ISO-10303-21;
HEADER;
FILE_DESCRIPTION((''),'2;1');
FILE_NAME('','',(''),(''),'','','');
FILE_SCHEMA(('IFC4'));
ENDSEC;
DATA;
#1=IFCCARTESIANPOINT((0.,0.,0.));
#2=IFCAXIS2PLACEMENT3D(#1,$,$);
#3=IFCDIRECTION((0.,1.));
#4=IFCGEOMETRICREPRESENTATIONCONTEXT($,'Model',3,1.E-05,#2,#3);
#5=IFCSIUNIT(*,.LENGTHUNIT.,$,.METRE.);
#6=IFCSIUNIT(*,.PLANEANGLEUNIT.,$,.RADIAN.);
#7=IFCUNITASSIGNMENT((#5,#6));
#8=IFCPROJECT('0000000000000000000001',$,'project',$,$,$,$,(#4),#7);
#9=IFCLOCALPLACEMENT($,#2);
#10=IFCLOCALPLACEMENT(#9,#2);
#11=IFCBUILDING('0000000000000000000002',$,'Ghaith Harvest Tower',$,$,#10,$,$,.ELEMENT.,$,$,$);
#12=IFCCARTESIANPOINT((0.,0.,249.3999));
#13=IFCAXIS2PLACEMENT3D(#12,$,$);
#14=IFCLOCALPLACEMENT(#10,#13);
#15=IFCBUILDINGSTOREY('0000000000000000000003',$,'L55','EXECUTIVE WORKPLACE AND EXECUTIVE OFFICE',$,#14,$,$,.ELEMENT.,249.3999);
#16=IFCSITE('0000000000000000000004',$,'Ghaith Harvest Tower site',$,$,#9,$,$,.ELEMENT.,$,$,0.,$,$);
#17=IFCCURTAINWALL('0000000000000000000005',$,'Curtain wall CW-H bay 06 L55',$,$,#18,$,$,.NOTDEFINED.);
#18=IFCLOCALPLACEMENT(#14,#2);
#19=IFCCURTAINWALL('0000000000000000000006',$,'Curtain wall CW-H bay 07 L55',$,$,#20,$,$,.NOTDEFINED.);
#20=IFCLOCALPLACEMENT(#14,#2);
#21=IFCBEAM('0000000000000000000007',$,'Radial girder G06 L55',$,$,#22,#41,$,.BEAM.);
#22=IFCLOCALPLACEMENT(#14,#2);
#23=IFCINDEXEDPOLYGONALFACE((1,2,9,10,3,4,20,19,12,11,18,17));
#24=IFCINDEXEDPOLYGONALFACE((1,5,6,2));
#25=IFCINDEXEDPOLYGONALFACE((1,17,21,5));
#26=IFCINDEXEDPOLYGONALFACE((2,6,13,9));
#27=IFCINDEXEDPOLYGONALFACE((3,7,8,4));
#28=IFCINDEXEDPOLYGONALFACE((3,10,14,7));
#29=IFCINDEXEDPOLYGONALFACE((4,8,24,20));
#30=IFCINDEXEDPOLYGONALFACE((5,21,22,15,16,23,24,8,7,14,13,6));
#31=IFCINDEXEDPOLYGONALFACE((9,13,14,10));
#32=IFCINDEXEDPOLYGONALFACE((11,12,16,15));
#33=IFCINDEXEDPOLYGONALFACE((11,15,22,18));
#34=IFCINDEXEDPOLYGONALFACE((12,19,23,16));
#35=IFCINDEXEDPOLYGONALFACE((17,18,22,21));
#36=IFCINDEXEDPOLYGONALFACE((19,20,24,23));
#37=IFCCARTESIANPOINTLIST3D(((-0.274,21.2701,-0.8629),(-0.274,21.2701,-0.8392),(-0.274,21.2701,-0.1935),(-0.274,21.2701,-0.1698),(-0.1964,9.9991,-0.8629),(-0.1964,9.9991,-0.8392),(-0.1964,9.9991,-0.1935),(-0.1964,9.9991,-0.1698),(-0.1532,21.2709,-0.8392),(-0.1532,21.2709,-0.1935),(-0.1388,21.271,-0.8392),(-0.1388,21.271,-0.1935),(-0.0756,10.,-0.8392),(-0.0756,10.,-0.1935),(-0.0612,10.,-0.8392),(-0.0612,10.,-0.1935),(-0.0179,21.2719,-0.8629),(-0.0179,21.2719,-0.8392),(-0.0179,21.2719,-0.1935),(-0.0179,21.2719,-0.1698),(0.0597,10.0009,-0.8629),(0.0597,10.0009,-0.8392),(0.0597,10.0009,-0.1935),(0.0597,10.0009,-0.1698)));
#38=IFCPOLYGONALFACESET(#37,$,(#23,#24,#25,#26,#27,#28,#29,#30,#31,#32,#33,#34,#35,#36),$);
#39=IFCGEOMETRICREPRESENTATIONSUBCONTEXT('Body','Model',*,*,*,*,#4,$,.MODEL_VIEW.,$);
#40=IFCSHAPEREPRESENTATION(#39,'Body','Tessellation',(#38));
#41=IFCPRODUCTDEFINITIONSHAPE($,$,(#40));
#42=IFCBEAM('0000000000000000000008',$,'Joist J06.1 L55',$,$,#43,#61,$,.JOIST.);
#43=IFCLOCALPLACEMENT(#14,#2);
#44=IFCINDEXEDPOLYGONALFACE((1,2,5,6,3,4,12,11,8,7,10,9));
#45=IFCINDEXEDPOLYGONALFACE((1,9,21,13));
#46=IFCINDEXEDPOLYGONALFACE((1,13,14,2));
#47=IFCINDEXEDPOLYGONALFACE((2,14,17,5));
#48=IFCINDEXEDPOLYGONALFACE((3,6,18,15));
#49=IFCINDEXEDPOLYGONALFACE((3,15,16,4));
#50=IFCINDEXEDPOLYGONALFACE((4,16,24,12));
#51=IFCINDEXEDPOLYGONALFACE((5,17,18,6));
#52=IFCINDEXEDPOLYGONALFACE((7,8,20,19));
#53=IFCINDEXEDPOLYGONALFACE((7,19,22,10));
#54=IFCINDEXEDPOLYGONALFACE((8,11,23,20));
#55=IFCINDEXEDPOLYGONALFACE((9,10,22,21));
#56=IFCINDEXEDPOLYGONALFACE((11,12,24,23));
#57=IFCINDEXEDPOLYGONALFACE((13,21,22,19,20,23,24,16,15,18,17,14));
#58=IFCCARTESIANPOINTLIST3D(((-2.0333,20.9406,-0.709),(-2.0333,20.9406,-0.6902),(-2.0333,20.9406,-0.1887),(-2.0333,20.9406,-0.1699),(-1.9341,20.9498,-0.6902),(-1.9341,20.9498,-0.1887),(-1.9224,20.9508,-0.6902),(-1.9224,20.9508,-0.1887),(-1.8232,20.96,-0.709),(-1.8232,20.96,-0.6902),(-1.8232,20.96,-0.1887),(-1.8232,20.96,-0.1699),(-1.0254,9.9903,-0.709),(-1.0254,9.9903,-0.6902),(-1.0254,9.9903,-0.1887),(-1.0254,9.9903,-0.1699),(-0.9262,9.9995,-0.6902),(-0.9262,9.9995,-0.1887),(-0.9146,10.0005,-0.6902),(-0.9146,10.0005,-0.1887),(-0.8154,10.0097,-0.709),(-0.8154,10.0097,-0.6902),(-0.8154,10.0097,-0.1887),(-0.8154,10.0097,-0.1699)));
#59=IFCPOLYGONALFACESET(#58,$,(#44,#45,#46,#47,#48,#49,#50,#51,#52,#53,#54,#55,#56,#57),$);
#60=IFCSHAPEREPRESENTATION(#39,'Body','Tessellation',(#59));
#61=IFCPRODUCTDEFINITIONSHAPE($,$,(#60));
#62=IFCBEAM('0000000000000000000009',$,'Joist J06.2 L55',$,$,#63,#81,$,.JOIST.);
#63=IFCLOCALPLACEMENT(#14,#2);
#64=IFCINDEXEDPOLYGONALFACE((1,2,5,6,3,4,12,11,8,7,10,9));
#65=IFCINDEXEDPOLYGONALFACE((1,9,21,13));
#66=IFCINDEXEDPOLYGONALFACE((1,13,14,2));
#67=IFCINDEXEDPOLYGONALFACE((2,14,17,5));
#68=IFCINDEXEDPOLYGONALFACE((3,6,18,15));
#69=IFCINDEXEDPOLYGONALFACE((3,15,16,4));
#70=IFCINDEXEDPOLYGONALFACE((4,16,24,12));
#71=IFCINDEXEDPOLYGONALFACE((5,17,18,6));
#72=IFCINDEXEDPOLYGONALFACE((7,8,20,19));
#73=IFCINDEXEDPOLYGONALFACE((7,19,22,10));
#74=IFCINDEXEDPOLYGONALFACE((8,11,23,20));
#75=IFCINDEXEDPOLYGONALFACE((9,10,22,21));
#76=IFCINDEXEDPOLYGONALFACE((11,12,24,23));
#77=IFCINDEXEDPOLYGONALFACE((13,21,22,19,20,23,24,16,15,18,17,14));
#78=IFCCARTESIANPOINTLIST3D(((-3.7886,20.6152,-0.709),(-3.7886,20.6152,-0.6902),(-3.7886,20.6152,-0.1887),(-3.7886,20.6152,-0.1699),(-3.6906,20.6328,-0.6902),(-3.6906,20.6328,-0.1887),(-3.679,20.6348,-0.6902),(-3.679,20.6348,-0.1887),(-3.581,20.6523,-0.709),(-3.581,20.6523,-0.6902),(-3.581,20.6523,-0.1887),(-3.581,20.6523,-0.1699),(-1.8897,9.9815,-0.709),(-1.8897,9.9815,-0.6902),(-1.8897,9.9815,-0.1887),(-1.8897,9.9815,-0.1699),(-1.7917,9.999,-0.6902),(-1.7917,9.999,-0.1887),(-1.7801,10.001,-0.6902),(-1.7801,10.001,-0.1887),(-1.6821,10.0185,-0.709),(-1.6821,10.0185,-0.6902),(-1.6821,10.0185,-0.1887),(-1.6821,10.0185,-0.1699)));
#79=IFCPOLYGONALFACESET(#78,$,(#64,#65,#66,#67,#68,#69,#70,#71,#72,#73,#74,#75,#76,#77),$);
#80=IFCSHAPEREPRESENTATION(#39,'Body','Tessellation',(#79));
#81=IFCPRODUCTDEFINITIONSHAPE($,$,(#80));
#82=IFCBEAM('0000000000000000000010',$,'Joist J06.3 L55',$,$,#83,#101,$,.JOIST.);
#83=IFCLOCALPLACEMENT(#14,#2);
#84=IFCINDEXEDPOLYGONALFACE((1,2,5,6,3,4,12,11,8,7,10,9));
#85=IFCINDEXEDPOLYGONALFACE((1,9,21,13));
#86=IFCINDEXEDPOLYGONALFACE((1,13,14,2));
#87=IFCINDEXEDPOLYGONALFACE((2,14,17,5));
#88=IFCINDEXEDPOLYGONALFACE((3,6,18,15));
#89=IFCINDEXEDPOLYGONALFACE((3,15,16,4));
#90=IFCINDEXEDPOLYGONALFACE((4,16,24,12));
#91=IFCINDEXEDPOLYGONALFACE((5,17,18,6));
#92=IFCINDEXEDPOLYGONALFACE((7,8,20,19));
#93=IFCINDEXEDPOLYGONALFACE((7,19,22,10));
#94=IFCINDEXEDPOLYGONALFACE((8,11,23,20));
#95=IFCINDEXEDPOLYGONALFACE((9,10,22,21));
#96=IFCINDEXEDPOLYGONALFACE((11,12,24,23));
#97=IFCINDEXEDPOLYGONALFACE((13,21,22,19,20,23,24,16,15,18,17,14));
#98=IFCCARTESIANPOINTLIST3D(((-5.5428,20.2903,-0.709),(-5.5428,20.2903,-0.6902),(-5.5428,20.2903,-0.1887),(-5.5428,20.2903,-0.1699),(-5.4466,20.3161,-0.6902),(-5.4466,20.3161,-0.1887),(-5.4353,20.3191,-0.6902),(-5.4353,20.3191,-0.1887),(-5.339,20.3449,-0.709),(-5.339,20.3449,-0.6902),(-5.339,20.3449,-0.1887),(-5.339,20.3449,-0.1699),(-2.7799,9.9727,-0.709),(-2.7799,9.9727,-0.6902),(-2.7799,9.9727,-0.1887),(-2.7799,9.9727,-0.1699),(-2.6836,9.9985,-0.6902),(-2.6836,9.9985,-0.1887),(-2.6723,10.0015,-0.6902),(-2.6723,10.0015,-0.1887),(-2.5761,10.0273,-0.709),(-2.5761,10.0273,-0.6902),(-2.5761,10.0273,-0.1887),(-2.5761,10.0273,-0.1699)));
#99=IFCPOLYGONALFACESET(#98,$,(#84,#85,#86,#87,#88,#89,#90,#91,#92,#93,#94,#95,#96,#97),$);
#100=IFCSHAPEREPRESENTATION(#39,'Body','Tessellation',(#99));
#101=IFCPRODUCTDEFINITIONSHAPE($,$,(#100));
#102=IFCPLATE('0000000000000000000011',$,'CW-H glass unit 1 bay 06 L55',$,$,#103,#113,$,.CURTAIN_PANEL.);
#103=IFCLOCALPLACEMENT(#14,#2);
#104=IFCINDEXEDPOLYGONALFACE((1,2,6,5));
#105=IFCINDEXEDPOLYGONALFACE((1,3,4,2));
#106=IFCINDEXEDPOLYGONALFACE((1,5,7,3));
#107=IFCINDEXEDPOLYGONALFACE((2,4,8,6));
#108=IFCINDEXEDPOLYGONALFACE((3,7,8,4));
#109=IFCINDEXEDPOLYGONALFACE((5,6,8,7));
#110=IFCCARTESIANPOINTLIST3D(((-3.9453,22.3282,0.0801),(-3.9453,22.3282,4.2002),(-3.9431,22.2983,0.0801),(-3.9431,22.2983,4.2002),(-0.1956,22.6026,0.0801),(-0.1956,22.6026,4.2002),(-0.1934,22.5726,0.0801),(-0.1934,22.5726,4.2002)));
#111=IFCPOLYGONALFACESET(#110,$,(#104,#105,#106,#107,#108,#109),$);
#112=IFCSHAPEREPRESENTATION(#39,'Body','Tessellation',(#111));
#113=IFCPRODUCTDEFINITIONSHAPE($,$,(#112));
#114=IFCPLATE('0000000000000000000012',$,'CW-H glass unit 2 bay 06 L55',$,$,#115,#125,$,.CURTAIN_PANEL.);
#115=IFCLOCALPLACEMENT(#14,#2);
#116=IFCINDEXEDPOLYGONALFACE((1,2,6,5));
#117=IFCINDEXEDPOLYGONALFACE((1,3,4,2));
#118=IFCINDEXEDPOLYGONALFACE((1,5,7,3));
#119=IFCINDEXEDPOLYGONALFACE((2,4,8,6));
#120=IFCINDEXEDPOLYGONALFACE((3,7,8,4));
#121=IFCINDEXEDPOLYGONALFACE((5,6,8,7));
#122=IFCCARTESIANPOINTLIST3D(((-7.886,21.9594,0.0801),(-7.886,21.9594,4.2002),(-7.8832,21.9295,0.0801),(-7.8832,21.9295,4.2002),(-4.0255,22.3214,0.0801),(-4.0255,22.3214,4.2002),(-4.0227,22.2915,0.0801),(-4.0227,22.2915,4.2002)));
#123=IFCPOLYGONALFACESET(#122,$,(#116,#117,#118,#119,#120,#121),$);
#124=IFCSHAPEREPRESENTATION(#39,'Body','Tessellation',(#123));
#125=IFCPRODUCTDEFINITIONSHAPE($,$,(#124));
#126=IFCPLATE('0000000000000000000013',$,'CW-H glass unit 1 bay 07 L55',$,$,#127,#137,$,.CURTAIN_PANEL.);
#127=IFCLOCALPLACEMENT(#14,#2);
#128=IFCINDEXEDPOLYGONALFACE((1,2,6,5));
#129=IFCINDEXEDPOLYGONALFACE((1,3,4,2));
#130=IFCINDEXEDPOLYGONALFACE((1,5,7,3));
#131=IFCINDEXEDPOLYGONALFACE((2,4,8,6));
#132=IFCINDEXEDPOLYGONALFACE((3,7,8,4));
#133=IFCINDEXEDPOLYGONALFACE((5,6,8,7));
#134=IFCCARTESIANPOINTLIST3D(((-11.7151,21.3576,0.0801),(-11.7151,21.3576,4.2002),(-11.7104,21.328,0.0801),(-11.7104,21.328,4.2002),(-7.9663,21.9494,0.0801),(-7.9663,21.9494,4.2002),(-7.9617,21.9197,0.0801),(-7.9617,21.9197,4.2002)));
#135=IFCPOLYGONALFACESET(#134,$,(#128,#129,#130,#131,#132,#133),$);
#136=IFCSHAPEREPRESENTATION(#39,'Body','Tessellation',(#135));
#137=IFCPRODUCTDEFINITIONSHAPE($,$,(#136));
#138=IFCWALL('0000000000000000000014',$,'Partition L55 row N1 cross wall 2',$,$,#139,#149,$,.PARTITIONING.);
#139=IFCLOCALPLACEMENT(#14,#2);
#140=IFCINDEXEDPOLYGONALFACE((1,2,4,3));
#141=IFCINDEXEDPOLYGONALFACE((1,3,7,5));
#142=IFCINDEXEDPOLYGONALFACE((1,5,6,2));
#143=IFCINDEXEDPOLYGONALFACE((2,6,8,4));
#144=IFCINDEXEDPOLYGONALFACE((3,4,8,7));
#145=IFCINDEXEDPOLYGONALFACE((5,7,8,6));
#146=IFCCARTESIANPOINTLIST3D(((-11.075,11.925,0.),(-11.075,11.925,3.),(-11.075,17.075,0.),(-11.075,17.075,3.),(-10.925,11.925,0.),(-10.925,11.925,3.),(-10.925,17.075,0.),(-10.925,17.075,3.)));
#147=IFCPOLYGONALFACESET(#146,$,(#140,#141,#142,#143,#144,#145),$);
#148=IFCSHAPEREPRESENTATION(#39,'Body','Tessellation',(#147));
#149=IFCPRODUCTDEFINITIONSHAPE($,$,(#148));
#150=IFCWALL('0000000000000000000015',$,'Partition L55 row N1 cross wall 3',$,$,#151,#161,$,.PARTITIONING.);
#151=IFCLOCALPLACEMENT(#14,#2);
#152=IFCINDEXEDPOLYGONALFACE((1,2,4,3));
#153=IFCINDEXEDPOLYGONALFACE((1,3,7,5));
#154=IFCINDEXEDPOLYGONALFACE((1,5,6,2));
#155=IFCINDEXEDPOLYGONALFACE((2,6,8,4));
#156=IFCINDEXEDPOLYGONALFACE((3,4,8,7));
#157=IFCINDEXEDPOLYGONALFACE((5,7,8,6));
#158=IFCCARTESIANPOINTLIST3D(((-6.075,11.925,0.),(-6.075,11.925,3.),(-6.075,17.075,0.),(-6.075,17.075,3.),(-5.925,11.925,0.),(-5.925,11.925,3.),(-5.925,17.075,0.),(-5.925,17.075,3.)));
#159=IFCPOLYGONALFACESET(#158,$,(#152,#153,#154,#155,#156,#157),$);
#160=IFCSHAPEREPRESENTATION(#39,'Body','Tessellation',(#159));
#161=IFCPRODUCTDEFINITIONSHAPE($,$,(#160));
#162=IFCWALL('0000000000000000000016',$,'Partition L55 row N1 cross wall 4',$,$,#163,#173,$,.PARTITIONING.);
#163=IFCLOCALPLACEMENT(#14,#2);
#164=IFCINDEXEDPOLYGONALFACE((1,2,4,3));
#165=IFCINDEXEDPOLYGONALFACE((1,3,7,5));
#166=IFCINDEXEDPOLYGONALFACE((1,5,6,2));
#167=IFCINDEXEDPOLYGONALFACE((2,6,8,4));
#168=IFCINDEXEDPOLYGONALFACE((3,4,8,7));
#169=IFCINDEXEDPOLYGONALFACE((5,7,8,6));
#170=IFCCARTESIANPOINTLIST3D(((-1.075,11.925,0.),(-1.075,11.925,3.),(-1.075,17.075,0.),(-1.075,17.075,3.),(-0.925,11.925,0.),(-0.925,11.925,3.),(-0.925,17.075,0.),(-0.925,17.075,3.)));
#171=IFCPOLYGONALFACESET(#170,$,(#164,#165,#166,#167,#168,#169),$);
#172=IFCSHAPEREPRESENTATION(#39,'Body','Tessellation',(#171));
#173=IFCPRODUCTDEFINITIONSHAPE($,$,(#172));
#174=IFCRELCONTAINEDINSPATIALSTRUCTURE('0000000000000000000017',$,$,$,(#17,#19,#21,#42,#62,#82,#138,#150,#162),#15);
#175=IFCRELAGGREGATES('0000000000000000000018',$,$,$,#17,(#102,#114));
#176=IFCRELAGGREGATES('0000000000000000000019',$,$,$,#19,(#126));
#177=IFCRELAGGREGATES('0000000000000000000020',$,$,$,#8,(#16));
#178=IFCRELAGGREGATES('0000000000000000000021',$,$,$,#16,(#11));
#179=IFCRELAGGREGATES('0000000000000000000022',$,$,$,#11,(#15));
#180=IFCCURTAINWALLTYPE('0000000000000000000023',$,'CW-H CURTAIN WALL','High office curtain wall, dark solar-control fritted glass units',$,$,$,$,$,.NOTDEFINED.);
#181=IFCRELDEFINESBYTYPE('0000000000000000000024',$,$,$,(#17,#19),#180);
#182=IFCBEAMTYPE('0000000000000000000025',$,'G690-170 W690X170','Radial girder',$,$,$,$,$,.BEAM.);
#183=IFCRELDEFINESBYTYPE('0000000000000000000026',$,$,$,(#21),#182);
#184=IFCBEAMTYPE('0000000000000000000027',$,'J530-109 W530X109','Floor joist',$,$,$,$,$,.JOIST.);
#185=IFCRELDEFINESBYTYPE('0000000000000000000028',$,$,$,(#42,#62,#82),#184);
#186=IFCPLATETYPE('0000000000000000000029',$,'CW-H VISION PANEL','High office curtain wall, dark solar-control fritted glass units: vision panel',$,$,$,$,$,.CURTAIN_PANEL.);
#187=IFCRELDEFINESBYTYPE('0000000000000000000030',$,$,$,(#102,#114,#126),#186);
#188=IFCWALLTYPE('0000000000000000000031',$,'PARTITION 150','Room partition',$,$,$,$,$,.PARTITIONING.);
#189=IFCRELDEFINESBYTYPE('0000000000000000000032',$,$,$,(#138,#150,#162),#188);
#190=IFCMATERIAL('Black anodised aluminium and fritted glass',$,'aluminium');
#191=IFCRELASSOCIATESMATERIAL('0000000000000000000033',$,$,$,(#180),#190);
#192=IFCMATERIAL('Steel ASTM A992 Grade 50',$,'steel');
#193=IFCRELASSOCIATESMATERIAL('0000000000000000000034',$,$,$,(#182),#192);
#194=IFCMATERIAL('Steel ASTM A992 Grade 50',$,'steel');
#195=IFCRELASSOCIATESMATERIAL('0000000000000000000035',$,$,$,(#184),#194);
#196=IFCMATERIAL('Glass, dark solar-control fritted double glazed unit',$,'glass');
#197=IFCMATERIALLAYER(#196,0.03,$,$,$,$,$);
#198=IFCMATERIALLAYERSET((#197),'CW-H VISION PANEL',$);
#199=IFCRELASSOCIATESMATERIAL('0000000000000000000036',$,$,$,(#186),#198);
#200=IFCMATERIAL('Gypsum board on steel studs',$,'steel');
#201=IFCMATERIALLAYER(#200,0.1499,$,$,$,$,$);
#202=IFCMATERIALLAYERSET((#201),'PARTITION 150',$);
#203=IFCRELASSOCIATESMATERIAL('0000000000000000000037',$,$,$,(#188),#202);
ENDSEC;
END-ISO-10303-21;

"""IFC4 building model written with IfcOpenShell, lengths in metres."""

from ifc_helpers import new_model, si_unit, direction, frame, frame_2d, origin, origin_2d, place, context, subcontext, project, spatial, rectangle, i_section, extrude, material, layer, layer_set, material_profile, profile_set, type_object, element, aggregate, save


model = new_model("IFC4")

# Units and contexts
model_context = context("Model", 3, precision=1e-05, world=origin(), true_north=direction((0.0, 1.0)))
body_context = subcontext(model_context, "Body", "Model", "MODEL_VIEW")
ifc_project = project(units=[si_unit("LENGTHUNIT", "METRE"), si_unit("PLANEANGLEUNIT", "RADIAN")], contexts=[model_context])

# Site, building, storey
site_placement = place(None, origin())
site = spatial("IfcSite", under=ifc_project, at=site_placement, Name="Ghaith Harvest Tower site", CompositionType="ELEMENT", RefElevation=0.0)
building_placement = place(site_placement, origin())
building = spatial("IfcBuilding", under=site, at=building_placement, Name="Ghaith Harvest Tower", CompositionType="ELEMENT")
storey_placement = place(building_placement, frame((0.0, 0.0, 249.3999)))
storey = spatial("IfcBuildingStorey", under=building, at=storey_placement, Name="L55", Description="EXECUTIVE WORKPLACE AND EXECUTIVE OFFICE", CompositionType="ELEMENT", Elevation=249.3999)

# Curtain walls
ifc_material_1 = material(Name="Black anodised aluminium and fritted glass", Category="aluminium")
curtain_wall_type = type_object("IfcCurtainWallType", Name="CW-H CURTAIN WALL", Description="High office curtain wall, dark solar-control fritted glass units", PredefinedType="NOTDEFINED", material=ifc_material_1)
curtain_wall_1_placement = place(storey_placement, origin())
curtain_wall_1 = element("IfcCurtainWall", 1, at=curtain_wall_1_placement, inside=storey, type_object=curtain_wall_type, Name="Curtain wall CW-H bay 06 L55", PredefinedType="NOTDEFINED")
curtain_wall_2_placement = place(storey_placement, origin())
curtain_wall_2 = element("IfcCurtainWall", 2, at=curtain_wall_2_placement, inside=storey, type_object=curtain_wall_type, Name="Curtain wall CW-H bay 07 L55", PredefinedType="NOTDEFINED")

# Beams
ifc_material_2 = material(Name="Steel ASTM A992 Grade 50", Category="steel")
ifc_material_profile_1 = material_profile(ifc_material_2, i_section(OverallWidth=0.2561, OverallDepth=0.6931, WebThickness=0.0144, FlangeThickness=0.0237, at=origin_2d()), Name="W690X170")
ifc_profile_set_1 = profile_set([ifc_material_profile_1], Name="Steel ASTM A992 Grade 50")
beam_type_1 = type_object("IfcBeamType", Name="G690-170 W690X170", Description="Radial girder", PredefinedType="BEAM", material=ifc_profile_set_1)
beam_1_placement = place(storey_placement, frame((-0.0684, 10.0, -0.5164), z_axis=(-0.006888, 0.999976, 0.0), x_axis=(-0.999976, -0.006888, 0.0)))
element("IfcBeam", 3, at=beam_1_placement, inside=storey, type_object=beam_type_1, Name="Radial girder G06 L55", PredefinedType="BEAM", context=body_context, shape_type="SweptSolid", body=[
    extrude(i_section(OverallWidth=0.2561, OverallDepth=0.6931, WebThickness=0.0144, FlangeThickness=0.0237, at=origin_2d()), origin(), (0.0, 0.0, 1.0), 11.2712),
])
ifc_material_3 = material(Name="Steel ASTM A992 Grade 50", Category="steel")
ifc_material_profile_2 = material_profile(ifc_material_3, i_section(OverallWidth=0.2109, OverallDepth=0.5391, WebThickness=0.0117, FlangeThickness=0.0188, at=origin_2d()), Name="W530X109")
ifc_profile_set_2 = profile_set([ifc_material_profile_2], Name="Steel ASTM A992 Grade 50")
beam_type_2 = type_object("IfcBeamType", Name="J530-109 W530X109", Description="Floor joist", PredefinedType="JOIST", material=ifc_profile_set_2)
beam_2_placement = place(storey_placement, frame((-0.9204, 10.0, -0.4395), z_axis=(-0.091649, 0.995791, 0.0), x_axis=(-0.995791, -0.091649, 0.0)))
element("IfcBeam", 4, at=beam_2_placement, inside=storey, type_object=beam_type_2, Name="Joist J06.1 L55", PredefinedType="JOIST", context=body_context, shape_type="SweptSolid", body=[
    extrude(i_section(OverallWidth=0.2109, OverallDepth=0.5391, WebThickness=0.0117, FlangeThickness=0.0188, at=origin_2d()), origin(), (0.0, 0.0, 1.0), 10.9966),
])
beam_3_placement = place(storey_placement, frame((-1.7859, 10.0, -0.4395), z_axis=(-0.175794, 0.984427, 0.0), x_axis=(-0.984427, -0.175794, 0.0)))
element("IfcBeam", 5, at=beam_3_placement, inside=storey, type_object=beam_type_2, Name="Joist J06.2 L55", PredefinedType="JOIST", context=body_context, shape_type="SweptSolid", body=[
    extrude(i_section(OverallWidth=0.2109, OverallDepth=0.5391, WebThickness=0.0117, FlangeThickness=0.0188, at=origin_2d()), origin(), (0.0, 0.0, 1.0), 10.802),
])
beam_4_placement = place(storey_placement, frame((-2.678, 10.0, -0.4395), z_axis=(-0.258674, 0.965965, 0.0), x_axis=(-0.965965, -0.258674, 0.0)))
element("IfcBeam", 6, at=beam_4_placement, inside=storey, type_object=beam_type_2, Name="Joist J06.3 L55", PredefinedType="JOIST", context=body_context, shape_type="SweptSolid", body=[
    extrude(i_section(OverallWidth=0.2109, OverallDepth=0.5391, WebThickness=0.0117, FlangeThickness=0.0188, at=origin_2d()), origin(), (0.0, 0.0, 1.0), 10.6812),
])

# Plates
ifc_material_4 = material(Name="Glass, dark solar-control fritted double glazed unit", Category="glass")
ifc_layer_1 = layer(ifc_material_4, 0.03)
ifc_layer_set_1 = layer_set([ifc_layer_1], Name="CW-H VISION PANEL")
plate_type = type_object("IfcPlateType", Name="CW-H VISION PANEL", Description="High office curtain wall, dark solar-control fritted glass units: vision panel", PredefinedType="CURTAIN_PANEL", material=ifc_layer_set_1)
plate_1_placement = place(storey_placement, frame((-2.0693, 22.4504, 0.0801), z_axis=(0.0, 0.0, 1.0), x_axis=(-0.997334, -0.072966, 0.0)))
plate_1 = element("IfcPlate", 7, at=plate_1_placement, type_object=plate_type, Name="CW-H glass unit 1 bay 06 L55", PredefinedType="CURTAIN_PANEL", context=body_context, shape_type="SweptSolid", body=[
    extrude(rectangle(XDim=3.7598, YDim=0.03, at=origin_2d()), origin(), (0.0, 0.0, 1.0), 4.1201),
])
plate_2_placement = place(storey_placement, frame((-5.9543, 22.1255, 0.0801), z_axis=(0.0, 0.0, 1.0), x_axis=(-0.995632, -0.093365, 0.0)))
plate_2 = element("IfcPlate", 8, at=plate_2_placement, type_object=plate_type, Name="CW-H glass unit 2 bay 06 L55", PredefinedType="CURTAIN_PANEL", context=body_context, shape_type="SweptSolid", body=[
    extrude(rectangle(XDim=3.8774, YDim=0.03, at=origin_2d()), origin(), (0.0, 0.0, 1.0), 4.1201),
])
aggregate(curtain_wall_1, [plate_1, plate_2])
plate_3_placement = place(storey_placement, frame((-9.8384, 21.6387, 0.0801), z_axis=(0.0, 0.0, 1.0), x_axis=(-0.98777, -0.155916, 0.0)))
plate_3 = element("IfcPlate", 9, at=plate_3_placement, type_object=plate_type, Name="CW-H glass unit 1 bay 07 L55", PredefinedType="CURTAIN_PANEL", context=body_context, shape_type="SweptSolid", body=[
    extrude(rectangle(XDim=3.7952, YDim=0.03, at=origin_2d()), origin(), (0.0, 0.0, 1.0), 4.1201),
])
aggregate(curtain_wall_2, [plate_3])

# Walls
ifc_material_5 = material(Name="Gypsum board on steel studs", Category="steel")
ifc_layer_2 = layer(ifc_material_5, 0.1499)
ifc_layer_set_2 = layer_set([ifc_layer_2], Name="PARTITION 150")
wall_type = type_object("IfcWallType", Name="PARTITION 150", Description="Room partition", PredefinedType="PARTITIONING", material=ifc_layer_set_2)
for number, where, z_axis, x_axis, name in (
    (10, (-11.0, 11.925, 0.0), (0.0, 0.0, 1.0), (0.0, 1.0, 0.0), "Partition L55 row N1 cross wall 2"),
    (11, (-6.0, 11.925, 0.0), (0.0, 0.0, 1.0), (0.0, 1.0, 0.0), "Partition L55 row N1 cross wall 3"),
    (12, (-1.0, 11.925, 0.0), (0.0, 0.0, 1.0), (0.0, 1.0, 0.0), "Partition L55 row N1 cross wall 4"),
):
    element("IfcWall", number, at=place(storey_placement, frame(where, z_axis=z_axis, x_axis=x_axis)), inside=storey, type_object=wall_type, Name=name, PredefinedType="PARTITIONING", context=body_context, shape_type="SweptSolid", body=[
        extrude(rectangle(XDim=5.1499, YDim=0.1499, at=frame_2d((2.575, 0.0))), origin(), (0.0, 0.0, 1.0), 3.0),
    ])

save(model, "model.ifc")
